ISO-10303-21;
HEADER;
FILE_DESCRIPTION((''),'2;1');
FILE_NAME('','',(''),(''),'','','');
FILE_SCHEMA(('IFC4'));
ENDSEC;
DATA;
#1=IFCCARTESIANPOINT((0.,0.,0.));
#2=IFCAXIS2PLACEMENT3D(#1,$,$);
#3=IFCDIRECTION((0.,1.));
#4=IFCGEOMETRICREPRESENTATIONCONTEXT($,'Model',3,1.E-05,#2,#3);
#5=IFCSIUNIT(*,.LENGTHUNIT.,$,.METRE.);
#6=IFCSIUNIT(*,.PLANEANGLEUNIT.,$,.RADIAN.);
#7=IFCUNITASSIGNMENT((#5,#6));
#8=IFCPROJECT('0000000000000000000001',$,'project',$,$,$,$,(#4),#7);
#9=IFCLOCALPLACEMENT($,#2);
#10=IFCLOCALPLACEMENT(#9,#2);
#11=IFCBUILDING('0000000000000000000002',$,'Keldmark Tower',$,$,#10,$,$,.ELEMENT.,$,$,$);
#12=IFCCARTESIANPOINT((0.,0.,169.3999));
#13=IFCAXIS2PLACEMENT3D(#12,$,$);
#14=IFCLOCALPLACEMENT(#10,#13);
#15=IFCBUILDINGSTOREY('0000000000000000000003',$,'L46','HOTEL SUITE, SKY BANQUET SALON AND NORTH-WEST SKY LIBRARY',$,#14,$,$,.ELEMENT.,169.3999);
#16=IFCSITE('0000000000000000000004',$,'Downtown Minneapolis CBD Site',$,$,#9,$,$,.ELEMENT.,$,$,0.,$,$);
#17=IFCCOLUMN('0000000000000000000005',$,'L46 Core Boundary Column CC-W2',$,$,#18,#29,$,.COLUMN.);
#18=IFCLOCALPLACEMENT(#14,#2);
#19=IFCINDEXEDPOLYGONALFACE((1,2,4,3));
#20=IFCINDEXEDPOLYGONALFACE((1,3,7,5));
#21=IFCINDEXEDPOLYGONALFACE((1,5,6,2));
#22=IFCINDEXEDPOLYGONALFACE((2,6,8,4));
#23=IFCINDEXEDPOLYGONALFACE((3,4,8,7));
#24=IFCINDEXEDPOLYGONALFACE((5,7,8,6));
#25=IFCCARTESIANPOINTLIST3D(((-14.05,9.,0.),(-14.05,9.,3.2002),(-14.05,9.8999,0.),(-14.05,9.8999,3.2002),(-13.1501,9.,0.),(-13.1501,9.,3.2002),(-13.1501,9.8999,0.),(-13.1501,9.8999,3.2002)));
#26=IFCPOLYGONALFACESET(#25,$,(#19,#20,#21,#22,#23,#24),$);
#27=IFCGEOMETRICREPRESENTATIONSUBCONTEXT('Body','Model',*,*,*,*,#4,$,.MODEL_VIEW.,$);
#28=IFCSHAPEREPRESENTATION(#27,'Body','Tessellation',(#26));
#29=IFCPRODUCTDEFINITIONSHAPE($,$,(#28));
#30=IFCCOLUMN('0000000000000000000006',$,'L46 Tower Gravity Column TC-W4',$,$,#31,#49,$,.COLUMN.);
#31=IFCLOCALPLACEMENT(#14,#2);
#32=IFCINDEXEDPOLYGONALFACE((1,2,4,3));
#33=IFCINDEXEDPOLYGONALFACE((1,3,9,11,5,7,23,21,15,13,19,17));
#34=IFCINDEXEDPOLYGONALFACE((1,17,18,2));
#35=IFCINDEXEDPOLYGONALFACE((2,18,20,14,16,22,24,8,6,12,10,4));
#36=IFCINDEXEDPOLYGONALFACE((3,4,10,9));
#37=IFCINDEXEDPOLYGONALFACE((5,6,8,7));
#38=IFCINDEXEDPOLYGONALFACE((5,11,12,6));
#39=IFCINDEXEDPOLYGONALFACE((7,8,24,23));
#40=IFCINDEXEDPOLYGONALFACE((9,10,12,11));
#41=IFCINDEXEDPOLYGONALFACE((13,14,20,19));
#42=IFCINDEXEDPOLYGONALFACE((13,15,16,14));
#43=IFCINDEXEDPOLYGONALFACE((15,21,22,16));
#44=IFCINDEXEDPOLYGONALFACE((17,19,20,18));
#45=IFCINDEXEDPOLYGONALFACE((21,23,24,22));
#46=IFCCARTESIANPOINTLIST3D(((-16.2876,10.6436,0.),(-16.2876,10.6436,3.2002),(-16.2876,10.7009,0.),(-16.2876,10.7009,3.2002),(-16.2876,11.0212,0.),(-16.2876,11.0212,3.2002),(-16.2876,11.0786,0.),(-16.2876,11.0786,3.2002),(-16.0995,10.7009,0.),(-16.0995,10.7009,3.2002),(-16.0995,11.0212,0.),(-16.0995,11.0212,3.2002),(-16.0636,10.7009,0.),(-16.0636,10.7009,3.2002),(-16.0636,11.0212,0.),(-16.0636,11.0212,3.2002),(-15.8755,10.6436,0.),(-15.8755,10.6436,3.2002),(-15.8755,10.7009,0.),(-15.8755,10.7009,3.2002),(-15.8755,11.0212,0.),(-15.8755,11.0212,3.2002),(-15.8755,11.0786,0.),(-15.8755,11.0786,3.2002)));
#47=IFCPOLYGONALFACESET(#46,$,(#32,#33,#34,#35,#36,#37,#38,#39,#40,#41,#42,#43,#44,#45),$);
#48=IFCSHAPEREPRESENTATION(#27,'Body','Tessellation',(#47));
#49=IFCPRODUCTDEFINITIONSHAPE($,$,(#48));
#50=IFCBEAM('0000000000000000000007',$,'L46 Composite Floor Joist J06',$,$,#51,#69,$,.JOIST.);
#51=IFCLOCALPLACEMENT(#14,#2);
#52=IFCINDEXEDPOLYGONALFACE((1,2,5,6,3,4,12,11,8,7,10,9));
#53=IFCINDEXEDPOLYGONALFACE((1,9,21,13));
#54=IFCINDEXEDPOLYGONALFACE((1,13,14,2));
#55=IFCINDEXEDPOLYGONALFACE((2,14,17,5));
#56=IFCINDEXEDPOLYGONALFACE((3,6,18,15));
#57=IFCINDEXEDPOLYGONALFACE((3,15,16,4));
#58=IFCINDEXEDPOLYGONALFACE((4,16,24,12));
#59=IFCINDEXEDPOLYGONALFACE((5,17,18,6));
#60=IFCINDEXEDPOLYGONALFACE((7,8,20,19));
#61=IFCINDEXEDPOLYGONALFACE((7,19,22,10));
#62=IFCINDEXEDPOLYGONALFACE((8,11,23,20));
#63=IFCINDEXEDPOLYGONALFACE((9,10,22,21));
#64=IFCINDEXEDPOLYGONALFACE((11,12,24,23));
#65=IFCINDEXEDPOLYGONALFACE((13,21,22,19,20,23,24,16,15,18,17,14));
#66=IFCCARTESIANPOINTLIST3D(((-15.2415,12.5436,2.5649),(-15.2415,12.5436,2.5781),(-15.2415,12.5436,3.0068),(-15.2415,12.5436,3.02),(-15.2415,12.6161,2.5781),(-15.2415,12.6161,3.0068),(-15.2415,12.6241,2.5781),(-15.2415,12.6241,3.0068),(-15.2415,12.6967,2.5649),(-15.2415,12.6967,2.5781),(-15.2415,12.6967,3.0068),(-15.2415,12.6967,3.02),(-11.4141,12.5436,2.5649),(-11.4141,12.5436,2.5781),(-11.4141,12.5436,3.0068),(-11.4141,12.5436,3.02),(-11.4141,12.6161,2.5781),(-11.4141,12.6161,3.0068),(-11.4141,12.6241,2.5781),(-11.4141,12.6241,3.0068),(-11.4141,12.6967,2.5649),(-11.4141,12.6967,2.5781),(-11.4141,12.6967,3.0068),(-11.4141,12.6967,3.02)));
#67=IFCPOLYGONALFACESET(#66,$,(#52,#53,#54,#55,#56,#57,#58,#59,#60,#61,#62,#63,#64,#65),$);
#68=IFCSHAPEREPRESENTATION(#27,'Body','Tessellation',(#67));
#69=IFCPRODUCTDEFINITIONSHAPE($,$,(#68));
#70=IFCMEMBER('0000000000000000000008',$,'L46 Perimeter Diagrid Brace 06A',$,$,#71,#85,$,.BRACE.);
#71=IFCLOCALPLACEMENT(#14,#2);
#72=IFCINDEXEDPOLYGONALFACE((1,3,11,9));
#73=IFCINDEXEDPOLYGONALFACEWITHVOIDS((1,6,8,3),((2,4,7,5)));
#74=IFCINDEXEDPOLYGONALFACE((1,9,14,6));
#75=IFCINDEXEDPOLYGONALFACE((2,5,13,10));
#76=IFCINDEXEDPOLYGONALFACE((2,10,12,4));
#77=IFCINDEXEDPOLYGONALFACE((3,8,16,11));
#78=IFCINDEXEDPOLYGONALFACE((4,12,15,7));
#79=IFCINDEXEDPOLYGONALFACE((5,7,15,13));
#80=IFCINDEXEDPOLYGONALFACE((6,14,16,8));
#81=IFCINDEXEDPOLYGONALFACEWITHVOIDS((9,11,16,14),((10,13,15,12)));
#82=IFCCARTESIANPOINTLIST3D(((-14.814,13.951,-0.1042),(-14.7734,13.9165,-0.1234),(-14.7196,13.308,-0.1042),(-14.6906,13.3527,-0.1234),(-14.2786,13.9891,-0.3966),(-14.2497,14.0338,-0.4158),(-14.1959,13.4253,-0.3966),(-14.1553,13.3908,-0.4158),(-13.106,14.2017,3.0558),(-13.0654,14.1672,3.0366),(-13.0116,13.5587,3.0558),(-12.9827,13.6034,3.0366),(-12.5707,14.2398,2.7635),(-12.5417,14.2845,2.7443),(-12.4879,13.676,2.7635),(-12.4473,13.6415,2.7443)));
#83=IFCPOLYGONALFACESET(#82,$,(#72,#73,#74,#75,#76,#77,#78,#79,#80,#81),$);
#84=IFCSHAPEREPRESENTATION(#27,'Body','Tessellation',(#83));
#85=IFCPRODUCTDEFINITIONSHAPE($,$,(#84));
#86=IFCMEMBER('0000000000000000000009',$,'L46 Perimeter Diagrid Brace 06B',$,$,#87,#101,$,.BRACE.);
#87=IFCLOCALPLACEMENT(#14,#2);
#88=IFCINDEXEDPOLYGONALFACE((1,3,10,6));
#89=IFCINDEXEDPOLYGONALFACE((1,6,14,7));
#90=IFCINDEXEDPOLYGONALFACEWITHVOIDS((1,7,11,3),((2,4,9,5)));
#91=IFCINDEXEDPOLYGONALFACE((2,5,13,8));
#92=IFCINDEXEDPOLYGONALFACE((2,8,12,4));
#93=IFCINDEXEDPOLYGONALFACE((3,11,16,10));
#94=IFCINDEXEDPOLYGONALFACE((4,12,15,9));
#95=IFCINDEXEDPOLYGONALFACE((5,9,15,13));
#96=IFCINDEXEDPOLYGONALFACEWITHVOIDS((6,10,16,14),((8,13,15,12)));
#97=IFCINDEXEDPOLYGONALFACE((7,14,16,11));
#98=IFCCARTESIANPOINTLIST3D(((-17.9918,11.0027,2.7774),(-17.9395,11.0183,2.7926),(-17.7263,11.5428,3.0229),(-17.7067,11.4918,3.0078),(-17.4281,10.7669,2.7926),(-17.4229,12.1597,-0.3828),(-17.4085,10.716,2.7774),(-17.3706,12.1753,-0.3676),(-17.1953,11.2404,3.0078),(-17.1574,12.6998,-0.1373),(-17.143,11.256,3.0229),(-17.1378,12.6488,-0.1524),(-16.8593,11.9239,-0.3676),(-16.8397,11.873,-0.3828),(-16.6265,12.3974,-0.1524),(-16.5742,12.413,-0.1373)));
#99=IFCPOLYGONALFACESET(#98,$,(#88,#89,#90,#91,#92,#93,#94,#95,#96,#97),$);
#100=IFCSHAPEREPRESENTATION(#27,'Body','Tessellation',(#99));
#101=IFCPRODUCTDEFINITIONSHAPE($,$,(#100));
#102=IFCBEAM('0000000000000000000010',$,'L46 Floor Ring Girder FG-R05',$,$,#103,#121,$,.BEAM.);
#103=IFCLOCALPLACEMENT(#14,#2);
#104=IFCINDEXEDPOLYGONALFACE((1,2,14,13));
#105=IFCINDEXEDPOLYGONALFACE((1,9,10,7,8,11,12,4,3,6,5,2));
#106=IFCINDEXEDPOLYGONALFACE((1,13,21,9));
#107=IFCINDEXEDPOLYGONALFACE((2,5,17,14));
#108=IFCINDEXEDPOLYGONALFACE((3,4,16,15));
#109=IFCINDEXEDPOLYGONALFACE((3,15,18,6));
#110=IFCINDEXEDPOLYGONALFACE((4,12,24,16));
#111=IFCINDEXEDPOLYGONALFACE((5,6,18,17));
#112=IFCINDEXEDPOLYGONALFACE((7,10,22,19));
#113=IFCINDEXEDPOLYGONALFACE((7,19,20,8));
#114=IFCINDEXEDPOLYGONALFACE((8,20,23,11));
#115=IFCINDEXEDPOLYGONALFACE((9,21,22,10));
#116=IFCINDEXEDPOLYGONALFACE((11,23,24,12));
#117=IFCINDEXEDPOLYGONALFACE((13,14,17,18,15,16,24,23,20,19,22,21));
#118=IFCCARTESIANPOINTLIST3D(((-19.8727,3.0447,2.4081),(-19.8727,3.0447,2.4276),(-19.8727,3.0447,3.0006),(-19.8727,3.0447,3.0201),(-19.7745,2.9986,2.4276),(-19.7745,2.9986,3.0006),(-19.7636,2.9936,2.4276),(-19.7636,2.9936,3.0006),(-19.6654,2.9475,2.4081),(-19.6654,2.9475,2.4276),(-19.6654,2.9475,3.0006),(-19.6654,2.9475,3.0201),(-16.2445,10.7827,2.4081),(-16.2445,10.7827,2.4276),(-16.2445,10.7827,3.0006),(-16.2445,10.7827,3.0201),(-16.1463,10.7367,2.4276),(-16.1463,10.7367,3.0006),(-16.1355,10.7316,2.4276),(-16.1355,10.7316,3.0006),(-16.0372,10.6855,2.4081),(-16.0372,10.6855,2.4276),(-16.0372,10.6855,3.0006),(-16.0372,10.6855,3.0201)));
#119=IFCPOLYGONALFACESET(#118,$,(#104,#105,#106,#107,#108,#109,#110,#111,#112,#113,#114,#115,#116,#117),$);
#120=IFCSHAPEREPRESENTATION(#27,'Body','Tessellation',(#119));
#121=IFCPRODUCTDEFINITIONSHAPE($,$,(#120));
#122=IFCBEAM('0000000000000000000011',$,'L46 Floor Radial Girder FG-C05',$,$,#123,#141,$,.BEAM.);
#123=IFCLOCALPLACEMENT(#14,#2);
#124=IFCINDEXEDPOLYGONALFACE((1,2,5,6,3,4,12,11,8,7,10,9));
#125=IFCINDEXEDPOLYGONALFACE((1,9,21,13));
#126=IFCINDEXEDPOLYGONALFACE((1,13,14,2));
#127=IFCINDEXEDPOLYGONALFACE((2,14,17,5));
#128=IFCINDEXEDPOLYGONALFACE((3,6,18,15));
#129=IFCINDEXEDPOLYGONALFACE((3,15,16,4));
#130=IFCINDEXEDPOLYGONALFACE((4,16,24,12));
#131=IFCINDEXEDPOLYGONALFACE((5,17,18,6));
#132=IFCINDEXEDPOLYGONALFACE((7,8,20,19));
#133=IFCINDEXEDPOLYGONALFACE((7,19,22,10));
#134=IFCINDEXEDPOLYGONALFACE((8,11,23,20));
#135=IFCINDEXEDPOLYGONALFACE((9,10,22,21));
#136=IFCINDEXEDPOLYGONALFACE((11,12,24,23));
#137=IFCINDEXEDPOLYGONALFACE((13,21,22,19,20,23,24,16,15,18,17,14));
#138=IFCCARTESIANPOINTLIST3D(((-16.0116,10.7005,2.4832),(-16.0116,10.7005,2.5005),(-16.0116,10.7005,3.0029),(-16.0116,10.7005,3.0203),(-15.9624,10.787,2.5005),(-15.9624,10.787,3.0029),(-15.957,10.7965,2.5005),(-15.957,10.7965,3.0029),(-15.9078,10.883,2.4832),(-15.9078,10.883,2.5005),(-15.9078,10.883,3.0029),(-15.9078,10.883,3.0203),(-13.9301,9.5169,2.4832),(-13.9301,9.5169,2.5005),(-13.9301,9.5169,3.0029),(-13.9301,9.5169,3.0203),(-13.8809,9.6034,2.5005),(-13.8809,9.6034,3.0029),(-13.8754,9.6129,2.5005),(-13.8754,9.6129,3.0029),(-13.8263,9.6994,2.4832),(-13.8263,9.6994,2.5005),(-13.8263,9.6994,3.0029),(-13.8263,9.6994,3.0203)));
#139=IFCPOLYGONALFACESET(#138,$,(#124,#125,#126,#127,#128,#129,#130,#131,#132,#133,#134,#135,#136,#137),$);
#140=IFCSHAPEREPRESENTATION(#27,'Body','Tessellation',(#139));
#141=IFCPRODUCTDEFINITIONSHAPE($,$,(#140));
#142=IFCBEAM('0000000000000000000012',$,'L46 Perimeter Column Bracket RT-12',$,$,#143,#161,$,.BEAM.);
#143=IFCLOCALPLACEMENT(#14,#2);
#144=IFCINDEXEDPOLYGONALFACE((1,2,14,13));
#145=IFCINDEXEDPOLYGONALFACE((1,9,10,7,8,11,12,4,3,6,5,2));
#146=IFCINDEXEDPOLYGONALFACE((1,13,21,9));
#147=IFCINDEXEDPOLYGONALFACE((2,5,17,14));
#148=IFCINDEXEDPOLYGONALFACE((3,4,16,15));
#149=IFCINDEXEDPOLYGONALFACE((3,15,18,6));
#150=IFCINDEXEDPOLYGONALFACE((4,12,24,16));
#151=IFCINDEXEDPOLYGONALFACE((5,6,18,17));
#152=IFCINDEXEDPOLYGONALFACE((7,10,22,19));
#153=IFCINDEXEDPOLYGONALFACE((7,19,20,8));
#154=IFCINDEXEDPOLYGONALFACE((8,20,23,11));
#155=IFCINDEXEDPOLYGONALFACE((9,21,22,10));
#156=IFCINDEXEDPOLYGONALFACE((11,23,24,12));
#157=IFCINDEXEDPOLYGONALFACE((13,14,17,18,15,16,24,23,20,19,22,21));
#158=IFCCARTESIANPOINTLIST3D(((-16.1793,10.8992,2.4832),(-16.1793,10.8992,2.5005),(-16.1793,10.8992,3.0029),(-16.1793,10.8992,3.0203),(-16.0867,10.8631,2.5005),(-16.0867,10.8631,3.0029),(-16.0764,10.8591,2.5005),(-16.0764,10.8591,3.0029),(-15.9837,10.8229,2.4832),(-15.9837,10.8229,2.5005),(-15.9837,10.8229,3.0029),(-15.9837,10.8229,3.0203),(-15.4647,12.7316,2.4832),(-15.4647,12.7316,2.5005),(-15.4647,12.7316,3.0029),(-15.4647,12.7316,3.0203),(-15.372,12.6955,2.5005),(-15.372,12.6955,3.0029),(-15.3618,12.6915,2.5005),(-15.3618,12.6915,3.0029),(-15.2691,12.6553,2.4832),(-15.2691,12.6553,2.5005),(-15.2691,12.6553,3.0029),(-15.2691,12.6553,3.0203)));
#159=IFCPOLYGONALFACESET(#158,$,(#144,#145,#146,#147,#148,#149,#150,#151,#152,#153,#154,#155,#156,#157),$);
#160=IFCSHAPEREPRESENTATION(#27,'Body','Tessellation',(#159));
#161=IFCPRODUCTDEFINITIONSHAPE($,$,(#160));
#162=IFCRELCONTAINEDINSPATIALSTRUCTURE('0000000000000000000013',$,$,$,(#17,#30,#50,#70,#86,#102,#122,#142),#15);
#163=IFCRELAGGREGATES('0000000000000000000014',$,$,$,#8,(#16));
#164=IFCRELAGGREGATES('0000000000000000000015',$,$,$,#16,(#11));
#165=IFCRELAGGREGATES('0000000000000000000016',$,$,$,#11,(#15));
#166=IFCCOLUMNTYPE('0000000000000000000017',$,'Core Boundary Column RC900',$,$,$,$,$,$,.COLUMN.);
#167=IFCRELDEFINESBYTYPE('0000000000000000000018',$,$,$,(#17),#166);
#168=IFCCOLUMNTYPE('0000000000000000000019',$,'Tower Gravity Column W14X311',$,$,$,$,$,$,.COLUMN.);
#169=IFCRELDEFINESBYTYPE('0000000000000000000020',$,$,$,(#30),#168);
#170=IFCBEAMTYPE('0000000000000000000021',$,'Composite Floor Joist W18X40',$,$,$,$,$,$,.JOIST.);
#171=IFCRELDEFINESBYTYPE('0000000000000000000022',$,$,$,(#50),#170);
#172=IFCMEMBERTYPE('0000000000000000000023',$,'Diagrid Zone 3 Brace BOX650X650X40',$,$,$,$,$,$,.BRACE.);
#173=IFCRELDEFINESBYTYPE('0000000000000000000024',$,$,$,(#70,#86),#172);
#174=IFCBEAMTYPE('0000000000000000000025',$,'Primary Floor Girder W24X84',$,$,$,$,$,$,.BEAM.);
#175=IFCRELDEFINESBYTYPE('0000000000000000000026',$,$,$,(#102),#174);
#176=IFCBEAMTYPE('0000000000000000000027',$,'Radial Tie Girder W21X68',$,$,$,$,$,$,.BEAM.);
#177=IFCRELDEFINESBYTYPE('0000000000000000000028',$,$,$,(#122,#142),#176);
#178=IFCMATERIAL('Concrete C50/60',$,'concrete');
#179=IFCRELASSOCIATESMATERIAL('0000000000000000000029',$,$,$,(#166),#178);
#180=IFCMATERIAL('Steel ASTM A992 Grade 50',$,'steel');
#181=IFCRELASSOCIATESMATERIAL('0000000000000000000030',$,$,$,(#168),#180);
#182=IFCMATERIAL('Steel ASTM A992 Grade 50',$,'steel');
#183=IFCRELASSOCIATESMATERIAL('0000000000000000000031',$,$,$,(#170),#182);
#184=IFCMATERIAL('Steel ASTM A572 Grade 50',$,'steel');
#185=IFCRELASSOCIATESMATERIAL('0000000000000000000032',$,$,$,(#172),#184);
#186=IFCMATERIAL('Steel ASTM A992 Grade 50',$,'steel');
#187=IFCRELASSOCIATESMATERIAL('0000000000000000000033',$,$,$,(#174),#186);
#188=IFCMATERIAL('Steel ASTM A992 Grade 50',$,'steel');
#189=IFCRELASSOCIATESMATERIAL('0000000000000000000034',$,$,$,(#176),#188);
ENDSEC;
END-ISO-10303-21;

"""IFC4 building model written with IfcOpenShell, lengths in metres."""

from ifc_helpers import new_model, si_unit, direction, frame, origin, origin_2d, place, context, subcontext, project, spatial, rectangle, hollow_rectangle, i_section, extrude, material, material_profile, profile_set, type_object, element, save


model = new_model("IFC4")

# Units and contexts
model_context = context("Model", 3, precision=1e-05, world=origin(), true_north=direction((0.0, 1.0)))
body_context = subcontext(model_context, "Body", "Model", "MODEL_VIEW")
ifc_project = project(units=[si_unit("LENGTHUNIT", "METRE"), si_unit("PLANEANGLEUNIT", "RADIAN")], contexts=[model_context])

# Site, building, storey
site_placement = place(None, origin())
site = spatial("IfcSite", under=ifc_project, at=site_placement, Name="Downtown Minneapolis CBD Site", CompositionType="ELEMENT", RefElevation=0.0)
building_placement = place(site_placement, origin())
building = spatial("IfcBuilding", under=site, at=building_placement, Name="Keldmark Tower", CompositionType="ELEMENT")
storey_placement = place(building_placement, frame((0.0, 0.0, 169.3999)))
storey = spatial("IfcBuildingStorey", under=building, at=storey_placement, Name="L46", Description="HOTEL SUITE, SKY BANQUET SALON AND NORTH-WEST SKY LIBRARY", CompositionType="ELEMENT", Elevation=169.3999)

# Columns
ifc_material_1 = material(Name="Concrete C50/60", Category="concrete")
ifc_material_profile_1 = material_profile(ifc_material_1, rectangle(XDim=0.8999, YDim=0.8999, at=origin_2d()), Name="RC900X900")
ifc_profile_set_1 = profile_set([ifc_material_profile_1], Name="Concrete C50/60")
column_type_1 = type_object("IfcColumnType", Name="Core Boundary Column RC900", PredefinedType="COLUMN", material=ifc_profile_set_1)
column_1_placement = place(storey_placement, frame((-13.6001, 9.45, 0.0), z_axis=(0.0, 0.0, 1.0), x_axis=(1.0, 0.0, 0.0)))
element("IfcColumn", 1, at=column_1_placement, inside=storey, type_object=column_type_1, Name="L46 Core Boundary Column CC-W2", PredefinedType="COLUMN", context=body_context, shape_type="SweptSolid", body=[
    extrude(rectangle(XDim=0.8999, YDim=0.8999, at=origin_2d()), origin(), (0.0, 0.0, 1.0), 3.2002),
])
ifc_material_2 = material(Name="Steel ASTM A992 Grade 50", Category="steel")
ifc_material_profile_2 = material_profile(ifc_material_2, i_section(OverallWidth=0.4121, OverallDepth=0.4351, WebThickness=0.0359, FlangeThickness=0.0574, at=origin_2d()), Name="W14X311")
ifc_profile_set_2 = profile_set([ifc_material_profile_2], Name="Steel ASTM A992 Grade 50")
column_type_2 = type_object("IfcColumnType", Name="Tower Gravity Column W14X311", PredefinedType="COLUMN", material=ifc_profile_set_2)
column_2_placement = place(storey_placement, frame((-16.0815, 10.8611, 0.0), z_axis=(0.0, 0.0, 1.0), x_axis=(1.0, 0.0, 0.0)))
element("IfcColumn", 2, at=column_2_placement, inside=storey, type_object=column_type_2, Name="L46 Tower Gravity Column TC-W4", PredefinedType="COLUMN", context=body_context, shape_type="SweptSolid", body=[
    extrude(i_section(OverallWidth=0.4121, OverallDepth=0.4351, WebThickness=0.0359, FlangeThickness=0.0574, at=origin_2d()), origin(), (0.0, 0.0, 1.0), 3.2002),
])

# Beam
ifc_material_3 = material(Name="Steel ASTM A992 Grade 50", Category="steel")
ifc_material_profile_3 = material_profile(ifc_material_3, i_section(OverallWidth=0.1531, OverallDepth=0.4551, WebThickness=0.0081, FlangeThickness=0.0132, at=origin_2d()), Name="W18X40")
ifc_profile_set_3 = profile_set([ifc_material_profile_3], Name="Steel ASTM A992 Grade 50")
beam_type_1 = type_object("IfcBeamType", Name="Composite Floor Joist W18X40", PredefinedType="JOIST", material=ifc_profile_set_3)
beam_1_placement = place(storey_placement, frame((-15.2415, 12.6201, 2.7925), z_axis=(1.0, 0.0, 0.0), x_axis=(0.0, 1.0, 0.0)))
element("IfcBeam", 3, at=beam_1_placement, inside=storey, type_object=beam_type_1, Name="L46 Composite Floor Joist J06", PredefinedType="JOIST", context=body_context, shape_type="SweptSolid", body=[
    extrude(i_section(OverallWidth=0.1531, OverallDepth=0.4551, WebThickness=0.0081, FlangeThickness=0.0132, at=origin_2d()), origin(), (0.0, 0.0, 1.0), 3.8274),
])

# Members
ifc_material_4 = material(Name="Steel ASTM A572 Grade 50", Category="steel")
ifc_material_profile_4 = material_profile(ifc_material_4, hollow_rectangle(XDim=0.6499, YDim=0.6499, WallThickness=0.04, at=origin_2d()), Name="BOX650X650X40")
ifc_profile_set_4 = profile_set([ifc_material_profile_4], Name="Steel ASTM A572 Grade 50")
member_type = type_object("IfcMemberType", Name="Diagrid Zone 3 Brace BOX650X650X40", PredefinedType="BRACE", material=ifc_profile_set_4)
member_1_placement = place(storey_placement, frame((-14.4846, 13.6709, -0.26), z_axis=(0.474323, 0.06963, 0.877593), x_axis=(-0.145242, 0.989396, 0.0)))
element("IfcMember", 4, at=member_1_placement, inside=storey, type_object=member_type, Name="L46 Perimeter Diagrid Brace 06A", PredefinedType="BRACE", context=body_context, shape_type="SweptSolid", body=[
    extrude(hollow_rectangle(XDim=0.6499, YDim=0.6499, WallThickness=0.04, at=origin_2d()), origin(), (0.0, 0.0, 1.0), 3.6008),
])
member_2_placement = place(storey_placement, frame((-16.9985, 12.2864, -0.26), z_axis=(-0.166669, -0.33899, 0.925909), x_axis=(0.897399, -0.44122, 0.0)))
element("IfcMember", 5, at=member_2_placement, inside=storey, type_object=member_type, Name="L46 Perimeter Diagrid Brace 06B", PredefinedType="BRACE", context=body_context, shape_type="SweptSolid", body=[
    extrude(hollow_rectangle(XDim=0.6499, YDim=0.6499, WallThickness=0.04, at=origin_2d()), origin(), (0.0, 0.0, 1.0), 3.4131),
])

# Beams
ifc_material_5 = material(Name="Steel ASTM A992 Grade 50", Category="steel")
ifc_material_profile_5 = material_profile(ifc_material_5, i_section(OverallWidth=0.229, OverallDepth=0.6121, WebThickness=0.012, FlangeThickness=0.0195, at=origin_2d()), Name="W24X84")
ifc_profile_set_5 = profile_set([ifc_material_profile_5], Name="Steel ASTM A992 Grade 50")
beam_type_2 = type_object("IfcBeamType", Name="Primary Floor Girder W24X84", PredefinedType="BEAM", material=ifc_profile_set_5)
beam_2_placement = place(storey_placement, frame((-16.1409, 10.7341, 2.7141), z_axis=(-0.424527, -0.905415, 0.0), x_axis=(0.905415, -0.424527, 0.0)))
element("IfcBeam", 6, at=beam_2_placement, inside=storey, type_object=beam_type_2, Name="L46 Floor Ring Girder FG-R05", PredefinedType="BEAM", context=body_context, shape_type="SweptSolid", body=[
    extrude(i_section(OverallWidth=0.229, OverallDepth=0.6121, WebThickness=0.012, FlangeThickness=0.0195, at=origin_2d()), origin(), (0.0, 0.0, 1.0), 8.5464),
])
ifc_material_6 = material(Name="Steel ASTM A992 Grade 50", Category="steel")
ifc_material_profile_6 = material_profile(ifc_material_6, i_section(OverallWidth=0.21, OverallDepth=0.5371, WebThickness=0.011, FlangeThickness=0.0173, at=origin_2d()), Name="W21X68")
ifc_profile_set_6 = profile_set([ifc_material_profile_6], Name="Steel ASTM A992 Grade 50")
beam_type_3 = type_object("IfcBeamType", Name="Radial Tie Girder W21X68", PredefinedType="BEAM", material=ifc_profile_set_6)
beam_3_placement = place(storey_placement, frame((-15.9597, 10.7917, 2.7517), z_axis=(0.869295, -0.494293, 0.0), x_axis=(0.494293, 0.869295, 0.0)))
element("IfcBeam", 7, at=beam_3_placement, inside=storey, type_object=beam_type_3, Name="L46 Floor Radial Girder FG-C05", PredefinedType="BEAM", context=body_context, shape_type="SweptSolid", body=[
    extrude(i_section(OverallWidth=0.21, OverallDepth=0.5371, WebThickness=0.011, FlangeThickness=0.0173, at=origin_2d()), origin(), (0.0, 0.0, 1.0), 2.3945),
])
beam_4_placement = place(storey_placement, frame((-16.0815, 10.8611, 2.7517), z_axis=(0.363351, 0.931652, 0.0), x_axis=(-0.931652, 0.363351, 0.0)))
element("IfcBeam", 8, at=beam_4_placement, inside=storey, type_object=beam_type_3, Name="L46 Perimeter Column Bracket RT-12", PredefinedType="BEAM", context=body_context, shape_type="SweptSolid", body=[
    extrude(i_section(OverallWidth=0.21, OverallDepth=0.5371, WebThickness=0.011, FlangeThickness=0.0173, at=origin_2d()), origin(), (0.0, 0.0, 1.0), 1.9668),
])

save(model, "model.ifc")
